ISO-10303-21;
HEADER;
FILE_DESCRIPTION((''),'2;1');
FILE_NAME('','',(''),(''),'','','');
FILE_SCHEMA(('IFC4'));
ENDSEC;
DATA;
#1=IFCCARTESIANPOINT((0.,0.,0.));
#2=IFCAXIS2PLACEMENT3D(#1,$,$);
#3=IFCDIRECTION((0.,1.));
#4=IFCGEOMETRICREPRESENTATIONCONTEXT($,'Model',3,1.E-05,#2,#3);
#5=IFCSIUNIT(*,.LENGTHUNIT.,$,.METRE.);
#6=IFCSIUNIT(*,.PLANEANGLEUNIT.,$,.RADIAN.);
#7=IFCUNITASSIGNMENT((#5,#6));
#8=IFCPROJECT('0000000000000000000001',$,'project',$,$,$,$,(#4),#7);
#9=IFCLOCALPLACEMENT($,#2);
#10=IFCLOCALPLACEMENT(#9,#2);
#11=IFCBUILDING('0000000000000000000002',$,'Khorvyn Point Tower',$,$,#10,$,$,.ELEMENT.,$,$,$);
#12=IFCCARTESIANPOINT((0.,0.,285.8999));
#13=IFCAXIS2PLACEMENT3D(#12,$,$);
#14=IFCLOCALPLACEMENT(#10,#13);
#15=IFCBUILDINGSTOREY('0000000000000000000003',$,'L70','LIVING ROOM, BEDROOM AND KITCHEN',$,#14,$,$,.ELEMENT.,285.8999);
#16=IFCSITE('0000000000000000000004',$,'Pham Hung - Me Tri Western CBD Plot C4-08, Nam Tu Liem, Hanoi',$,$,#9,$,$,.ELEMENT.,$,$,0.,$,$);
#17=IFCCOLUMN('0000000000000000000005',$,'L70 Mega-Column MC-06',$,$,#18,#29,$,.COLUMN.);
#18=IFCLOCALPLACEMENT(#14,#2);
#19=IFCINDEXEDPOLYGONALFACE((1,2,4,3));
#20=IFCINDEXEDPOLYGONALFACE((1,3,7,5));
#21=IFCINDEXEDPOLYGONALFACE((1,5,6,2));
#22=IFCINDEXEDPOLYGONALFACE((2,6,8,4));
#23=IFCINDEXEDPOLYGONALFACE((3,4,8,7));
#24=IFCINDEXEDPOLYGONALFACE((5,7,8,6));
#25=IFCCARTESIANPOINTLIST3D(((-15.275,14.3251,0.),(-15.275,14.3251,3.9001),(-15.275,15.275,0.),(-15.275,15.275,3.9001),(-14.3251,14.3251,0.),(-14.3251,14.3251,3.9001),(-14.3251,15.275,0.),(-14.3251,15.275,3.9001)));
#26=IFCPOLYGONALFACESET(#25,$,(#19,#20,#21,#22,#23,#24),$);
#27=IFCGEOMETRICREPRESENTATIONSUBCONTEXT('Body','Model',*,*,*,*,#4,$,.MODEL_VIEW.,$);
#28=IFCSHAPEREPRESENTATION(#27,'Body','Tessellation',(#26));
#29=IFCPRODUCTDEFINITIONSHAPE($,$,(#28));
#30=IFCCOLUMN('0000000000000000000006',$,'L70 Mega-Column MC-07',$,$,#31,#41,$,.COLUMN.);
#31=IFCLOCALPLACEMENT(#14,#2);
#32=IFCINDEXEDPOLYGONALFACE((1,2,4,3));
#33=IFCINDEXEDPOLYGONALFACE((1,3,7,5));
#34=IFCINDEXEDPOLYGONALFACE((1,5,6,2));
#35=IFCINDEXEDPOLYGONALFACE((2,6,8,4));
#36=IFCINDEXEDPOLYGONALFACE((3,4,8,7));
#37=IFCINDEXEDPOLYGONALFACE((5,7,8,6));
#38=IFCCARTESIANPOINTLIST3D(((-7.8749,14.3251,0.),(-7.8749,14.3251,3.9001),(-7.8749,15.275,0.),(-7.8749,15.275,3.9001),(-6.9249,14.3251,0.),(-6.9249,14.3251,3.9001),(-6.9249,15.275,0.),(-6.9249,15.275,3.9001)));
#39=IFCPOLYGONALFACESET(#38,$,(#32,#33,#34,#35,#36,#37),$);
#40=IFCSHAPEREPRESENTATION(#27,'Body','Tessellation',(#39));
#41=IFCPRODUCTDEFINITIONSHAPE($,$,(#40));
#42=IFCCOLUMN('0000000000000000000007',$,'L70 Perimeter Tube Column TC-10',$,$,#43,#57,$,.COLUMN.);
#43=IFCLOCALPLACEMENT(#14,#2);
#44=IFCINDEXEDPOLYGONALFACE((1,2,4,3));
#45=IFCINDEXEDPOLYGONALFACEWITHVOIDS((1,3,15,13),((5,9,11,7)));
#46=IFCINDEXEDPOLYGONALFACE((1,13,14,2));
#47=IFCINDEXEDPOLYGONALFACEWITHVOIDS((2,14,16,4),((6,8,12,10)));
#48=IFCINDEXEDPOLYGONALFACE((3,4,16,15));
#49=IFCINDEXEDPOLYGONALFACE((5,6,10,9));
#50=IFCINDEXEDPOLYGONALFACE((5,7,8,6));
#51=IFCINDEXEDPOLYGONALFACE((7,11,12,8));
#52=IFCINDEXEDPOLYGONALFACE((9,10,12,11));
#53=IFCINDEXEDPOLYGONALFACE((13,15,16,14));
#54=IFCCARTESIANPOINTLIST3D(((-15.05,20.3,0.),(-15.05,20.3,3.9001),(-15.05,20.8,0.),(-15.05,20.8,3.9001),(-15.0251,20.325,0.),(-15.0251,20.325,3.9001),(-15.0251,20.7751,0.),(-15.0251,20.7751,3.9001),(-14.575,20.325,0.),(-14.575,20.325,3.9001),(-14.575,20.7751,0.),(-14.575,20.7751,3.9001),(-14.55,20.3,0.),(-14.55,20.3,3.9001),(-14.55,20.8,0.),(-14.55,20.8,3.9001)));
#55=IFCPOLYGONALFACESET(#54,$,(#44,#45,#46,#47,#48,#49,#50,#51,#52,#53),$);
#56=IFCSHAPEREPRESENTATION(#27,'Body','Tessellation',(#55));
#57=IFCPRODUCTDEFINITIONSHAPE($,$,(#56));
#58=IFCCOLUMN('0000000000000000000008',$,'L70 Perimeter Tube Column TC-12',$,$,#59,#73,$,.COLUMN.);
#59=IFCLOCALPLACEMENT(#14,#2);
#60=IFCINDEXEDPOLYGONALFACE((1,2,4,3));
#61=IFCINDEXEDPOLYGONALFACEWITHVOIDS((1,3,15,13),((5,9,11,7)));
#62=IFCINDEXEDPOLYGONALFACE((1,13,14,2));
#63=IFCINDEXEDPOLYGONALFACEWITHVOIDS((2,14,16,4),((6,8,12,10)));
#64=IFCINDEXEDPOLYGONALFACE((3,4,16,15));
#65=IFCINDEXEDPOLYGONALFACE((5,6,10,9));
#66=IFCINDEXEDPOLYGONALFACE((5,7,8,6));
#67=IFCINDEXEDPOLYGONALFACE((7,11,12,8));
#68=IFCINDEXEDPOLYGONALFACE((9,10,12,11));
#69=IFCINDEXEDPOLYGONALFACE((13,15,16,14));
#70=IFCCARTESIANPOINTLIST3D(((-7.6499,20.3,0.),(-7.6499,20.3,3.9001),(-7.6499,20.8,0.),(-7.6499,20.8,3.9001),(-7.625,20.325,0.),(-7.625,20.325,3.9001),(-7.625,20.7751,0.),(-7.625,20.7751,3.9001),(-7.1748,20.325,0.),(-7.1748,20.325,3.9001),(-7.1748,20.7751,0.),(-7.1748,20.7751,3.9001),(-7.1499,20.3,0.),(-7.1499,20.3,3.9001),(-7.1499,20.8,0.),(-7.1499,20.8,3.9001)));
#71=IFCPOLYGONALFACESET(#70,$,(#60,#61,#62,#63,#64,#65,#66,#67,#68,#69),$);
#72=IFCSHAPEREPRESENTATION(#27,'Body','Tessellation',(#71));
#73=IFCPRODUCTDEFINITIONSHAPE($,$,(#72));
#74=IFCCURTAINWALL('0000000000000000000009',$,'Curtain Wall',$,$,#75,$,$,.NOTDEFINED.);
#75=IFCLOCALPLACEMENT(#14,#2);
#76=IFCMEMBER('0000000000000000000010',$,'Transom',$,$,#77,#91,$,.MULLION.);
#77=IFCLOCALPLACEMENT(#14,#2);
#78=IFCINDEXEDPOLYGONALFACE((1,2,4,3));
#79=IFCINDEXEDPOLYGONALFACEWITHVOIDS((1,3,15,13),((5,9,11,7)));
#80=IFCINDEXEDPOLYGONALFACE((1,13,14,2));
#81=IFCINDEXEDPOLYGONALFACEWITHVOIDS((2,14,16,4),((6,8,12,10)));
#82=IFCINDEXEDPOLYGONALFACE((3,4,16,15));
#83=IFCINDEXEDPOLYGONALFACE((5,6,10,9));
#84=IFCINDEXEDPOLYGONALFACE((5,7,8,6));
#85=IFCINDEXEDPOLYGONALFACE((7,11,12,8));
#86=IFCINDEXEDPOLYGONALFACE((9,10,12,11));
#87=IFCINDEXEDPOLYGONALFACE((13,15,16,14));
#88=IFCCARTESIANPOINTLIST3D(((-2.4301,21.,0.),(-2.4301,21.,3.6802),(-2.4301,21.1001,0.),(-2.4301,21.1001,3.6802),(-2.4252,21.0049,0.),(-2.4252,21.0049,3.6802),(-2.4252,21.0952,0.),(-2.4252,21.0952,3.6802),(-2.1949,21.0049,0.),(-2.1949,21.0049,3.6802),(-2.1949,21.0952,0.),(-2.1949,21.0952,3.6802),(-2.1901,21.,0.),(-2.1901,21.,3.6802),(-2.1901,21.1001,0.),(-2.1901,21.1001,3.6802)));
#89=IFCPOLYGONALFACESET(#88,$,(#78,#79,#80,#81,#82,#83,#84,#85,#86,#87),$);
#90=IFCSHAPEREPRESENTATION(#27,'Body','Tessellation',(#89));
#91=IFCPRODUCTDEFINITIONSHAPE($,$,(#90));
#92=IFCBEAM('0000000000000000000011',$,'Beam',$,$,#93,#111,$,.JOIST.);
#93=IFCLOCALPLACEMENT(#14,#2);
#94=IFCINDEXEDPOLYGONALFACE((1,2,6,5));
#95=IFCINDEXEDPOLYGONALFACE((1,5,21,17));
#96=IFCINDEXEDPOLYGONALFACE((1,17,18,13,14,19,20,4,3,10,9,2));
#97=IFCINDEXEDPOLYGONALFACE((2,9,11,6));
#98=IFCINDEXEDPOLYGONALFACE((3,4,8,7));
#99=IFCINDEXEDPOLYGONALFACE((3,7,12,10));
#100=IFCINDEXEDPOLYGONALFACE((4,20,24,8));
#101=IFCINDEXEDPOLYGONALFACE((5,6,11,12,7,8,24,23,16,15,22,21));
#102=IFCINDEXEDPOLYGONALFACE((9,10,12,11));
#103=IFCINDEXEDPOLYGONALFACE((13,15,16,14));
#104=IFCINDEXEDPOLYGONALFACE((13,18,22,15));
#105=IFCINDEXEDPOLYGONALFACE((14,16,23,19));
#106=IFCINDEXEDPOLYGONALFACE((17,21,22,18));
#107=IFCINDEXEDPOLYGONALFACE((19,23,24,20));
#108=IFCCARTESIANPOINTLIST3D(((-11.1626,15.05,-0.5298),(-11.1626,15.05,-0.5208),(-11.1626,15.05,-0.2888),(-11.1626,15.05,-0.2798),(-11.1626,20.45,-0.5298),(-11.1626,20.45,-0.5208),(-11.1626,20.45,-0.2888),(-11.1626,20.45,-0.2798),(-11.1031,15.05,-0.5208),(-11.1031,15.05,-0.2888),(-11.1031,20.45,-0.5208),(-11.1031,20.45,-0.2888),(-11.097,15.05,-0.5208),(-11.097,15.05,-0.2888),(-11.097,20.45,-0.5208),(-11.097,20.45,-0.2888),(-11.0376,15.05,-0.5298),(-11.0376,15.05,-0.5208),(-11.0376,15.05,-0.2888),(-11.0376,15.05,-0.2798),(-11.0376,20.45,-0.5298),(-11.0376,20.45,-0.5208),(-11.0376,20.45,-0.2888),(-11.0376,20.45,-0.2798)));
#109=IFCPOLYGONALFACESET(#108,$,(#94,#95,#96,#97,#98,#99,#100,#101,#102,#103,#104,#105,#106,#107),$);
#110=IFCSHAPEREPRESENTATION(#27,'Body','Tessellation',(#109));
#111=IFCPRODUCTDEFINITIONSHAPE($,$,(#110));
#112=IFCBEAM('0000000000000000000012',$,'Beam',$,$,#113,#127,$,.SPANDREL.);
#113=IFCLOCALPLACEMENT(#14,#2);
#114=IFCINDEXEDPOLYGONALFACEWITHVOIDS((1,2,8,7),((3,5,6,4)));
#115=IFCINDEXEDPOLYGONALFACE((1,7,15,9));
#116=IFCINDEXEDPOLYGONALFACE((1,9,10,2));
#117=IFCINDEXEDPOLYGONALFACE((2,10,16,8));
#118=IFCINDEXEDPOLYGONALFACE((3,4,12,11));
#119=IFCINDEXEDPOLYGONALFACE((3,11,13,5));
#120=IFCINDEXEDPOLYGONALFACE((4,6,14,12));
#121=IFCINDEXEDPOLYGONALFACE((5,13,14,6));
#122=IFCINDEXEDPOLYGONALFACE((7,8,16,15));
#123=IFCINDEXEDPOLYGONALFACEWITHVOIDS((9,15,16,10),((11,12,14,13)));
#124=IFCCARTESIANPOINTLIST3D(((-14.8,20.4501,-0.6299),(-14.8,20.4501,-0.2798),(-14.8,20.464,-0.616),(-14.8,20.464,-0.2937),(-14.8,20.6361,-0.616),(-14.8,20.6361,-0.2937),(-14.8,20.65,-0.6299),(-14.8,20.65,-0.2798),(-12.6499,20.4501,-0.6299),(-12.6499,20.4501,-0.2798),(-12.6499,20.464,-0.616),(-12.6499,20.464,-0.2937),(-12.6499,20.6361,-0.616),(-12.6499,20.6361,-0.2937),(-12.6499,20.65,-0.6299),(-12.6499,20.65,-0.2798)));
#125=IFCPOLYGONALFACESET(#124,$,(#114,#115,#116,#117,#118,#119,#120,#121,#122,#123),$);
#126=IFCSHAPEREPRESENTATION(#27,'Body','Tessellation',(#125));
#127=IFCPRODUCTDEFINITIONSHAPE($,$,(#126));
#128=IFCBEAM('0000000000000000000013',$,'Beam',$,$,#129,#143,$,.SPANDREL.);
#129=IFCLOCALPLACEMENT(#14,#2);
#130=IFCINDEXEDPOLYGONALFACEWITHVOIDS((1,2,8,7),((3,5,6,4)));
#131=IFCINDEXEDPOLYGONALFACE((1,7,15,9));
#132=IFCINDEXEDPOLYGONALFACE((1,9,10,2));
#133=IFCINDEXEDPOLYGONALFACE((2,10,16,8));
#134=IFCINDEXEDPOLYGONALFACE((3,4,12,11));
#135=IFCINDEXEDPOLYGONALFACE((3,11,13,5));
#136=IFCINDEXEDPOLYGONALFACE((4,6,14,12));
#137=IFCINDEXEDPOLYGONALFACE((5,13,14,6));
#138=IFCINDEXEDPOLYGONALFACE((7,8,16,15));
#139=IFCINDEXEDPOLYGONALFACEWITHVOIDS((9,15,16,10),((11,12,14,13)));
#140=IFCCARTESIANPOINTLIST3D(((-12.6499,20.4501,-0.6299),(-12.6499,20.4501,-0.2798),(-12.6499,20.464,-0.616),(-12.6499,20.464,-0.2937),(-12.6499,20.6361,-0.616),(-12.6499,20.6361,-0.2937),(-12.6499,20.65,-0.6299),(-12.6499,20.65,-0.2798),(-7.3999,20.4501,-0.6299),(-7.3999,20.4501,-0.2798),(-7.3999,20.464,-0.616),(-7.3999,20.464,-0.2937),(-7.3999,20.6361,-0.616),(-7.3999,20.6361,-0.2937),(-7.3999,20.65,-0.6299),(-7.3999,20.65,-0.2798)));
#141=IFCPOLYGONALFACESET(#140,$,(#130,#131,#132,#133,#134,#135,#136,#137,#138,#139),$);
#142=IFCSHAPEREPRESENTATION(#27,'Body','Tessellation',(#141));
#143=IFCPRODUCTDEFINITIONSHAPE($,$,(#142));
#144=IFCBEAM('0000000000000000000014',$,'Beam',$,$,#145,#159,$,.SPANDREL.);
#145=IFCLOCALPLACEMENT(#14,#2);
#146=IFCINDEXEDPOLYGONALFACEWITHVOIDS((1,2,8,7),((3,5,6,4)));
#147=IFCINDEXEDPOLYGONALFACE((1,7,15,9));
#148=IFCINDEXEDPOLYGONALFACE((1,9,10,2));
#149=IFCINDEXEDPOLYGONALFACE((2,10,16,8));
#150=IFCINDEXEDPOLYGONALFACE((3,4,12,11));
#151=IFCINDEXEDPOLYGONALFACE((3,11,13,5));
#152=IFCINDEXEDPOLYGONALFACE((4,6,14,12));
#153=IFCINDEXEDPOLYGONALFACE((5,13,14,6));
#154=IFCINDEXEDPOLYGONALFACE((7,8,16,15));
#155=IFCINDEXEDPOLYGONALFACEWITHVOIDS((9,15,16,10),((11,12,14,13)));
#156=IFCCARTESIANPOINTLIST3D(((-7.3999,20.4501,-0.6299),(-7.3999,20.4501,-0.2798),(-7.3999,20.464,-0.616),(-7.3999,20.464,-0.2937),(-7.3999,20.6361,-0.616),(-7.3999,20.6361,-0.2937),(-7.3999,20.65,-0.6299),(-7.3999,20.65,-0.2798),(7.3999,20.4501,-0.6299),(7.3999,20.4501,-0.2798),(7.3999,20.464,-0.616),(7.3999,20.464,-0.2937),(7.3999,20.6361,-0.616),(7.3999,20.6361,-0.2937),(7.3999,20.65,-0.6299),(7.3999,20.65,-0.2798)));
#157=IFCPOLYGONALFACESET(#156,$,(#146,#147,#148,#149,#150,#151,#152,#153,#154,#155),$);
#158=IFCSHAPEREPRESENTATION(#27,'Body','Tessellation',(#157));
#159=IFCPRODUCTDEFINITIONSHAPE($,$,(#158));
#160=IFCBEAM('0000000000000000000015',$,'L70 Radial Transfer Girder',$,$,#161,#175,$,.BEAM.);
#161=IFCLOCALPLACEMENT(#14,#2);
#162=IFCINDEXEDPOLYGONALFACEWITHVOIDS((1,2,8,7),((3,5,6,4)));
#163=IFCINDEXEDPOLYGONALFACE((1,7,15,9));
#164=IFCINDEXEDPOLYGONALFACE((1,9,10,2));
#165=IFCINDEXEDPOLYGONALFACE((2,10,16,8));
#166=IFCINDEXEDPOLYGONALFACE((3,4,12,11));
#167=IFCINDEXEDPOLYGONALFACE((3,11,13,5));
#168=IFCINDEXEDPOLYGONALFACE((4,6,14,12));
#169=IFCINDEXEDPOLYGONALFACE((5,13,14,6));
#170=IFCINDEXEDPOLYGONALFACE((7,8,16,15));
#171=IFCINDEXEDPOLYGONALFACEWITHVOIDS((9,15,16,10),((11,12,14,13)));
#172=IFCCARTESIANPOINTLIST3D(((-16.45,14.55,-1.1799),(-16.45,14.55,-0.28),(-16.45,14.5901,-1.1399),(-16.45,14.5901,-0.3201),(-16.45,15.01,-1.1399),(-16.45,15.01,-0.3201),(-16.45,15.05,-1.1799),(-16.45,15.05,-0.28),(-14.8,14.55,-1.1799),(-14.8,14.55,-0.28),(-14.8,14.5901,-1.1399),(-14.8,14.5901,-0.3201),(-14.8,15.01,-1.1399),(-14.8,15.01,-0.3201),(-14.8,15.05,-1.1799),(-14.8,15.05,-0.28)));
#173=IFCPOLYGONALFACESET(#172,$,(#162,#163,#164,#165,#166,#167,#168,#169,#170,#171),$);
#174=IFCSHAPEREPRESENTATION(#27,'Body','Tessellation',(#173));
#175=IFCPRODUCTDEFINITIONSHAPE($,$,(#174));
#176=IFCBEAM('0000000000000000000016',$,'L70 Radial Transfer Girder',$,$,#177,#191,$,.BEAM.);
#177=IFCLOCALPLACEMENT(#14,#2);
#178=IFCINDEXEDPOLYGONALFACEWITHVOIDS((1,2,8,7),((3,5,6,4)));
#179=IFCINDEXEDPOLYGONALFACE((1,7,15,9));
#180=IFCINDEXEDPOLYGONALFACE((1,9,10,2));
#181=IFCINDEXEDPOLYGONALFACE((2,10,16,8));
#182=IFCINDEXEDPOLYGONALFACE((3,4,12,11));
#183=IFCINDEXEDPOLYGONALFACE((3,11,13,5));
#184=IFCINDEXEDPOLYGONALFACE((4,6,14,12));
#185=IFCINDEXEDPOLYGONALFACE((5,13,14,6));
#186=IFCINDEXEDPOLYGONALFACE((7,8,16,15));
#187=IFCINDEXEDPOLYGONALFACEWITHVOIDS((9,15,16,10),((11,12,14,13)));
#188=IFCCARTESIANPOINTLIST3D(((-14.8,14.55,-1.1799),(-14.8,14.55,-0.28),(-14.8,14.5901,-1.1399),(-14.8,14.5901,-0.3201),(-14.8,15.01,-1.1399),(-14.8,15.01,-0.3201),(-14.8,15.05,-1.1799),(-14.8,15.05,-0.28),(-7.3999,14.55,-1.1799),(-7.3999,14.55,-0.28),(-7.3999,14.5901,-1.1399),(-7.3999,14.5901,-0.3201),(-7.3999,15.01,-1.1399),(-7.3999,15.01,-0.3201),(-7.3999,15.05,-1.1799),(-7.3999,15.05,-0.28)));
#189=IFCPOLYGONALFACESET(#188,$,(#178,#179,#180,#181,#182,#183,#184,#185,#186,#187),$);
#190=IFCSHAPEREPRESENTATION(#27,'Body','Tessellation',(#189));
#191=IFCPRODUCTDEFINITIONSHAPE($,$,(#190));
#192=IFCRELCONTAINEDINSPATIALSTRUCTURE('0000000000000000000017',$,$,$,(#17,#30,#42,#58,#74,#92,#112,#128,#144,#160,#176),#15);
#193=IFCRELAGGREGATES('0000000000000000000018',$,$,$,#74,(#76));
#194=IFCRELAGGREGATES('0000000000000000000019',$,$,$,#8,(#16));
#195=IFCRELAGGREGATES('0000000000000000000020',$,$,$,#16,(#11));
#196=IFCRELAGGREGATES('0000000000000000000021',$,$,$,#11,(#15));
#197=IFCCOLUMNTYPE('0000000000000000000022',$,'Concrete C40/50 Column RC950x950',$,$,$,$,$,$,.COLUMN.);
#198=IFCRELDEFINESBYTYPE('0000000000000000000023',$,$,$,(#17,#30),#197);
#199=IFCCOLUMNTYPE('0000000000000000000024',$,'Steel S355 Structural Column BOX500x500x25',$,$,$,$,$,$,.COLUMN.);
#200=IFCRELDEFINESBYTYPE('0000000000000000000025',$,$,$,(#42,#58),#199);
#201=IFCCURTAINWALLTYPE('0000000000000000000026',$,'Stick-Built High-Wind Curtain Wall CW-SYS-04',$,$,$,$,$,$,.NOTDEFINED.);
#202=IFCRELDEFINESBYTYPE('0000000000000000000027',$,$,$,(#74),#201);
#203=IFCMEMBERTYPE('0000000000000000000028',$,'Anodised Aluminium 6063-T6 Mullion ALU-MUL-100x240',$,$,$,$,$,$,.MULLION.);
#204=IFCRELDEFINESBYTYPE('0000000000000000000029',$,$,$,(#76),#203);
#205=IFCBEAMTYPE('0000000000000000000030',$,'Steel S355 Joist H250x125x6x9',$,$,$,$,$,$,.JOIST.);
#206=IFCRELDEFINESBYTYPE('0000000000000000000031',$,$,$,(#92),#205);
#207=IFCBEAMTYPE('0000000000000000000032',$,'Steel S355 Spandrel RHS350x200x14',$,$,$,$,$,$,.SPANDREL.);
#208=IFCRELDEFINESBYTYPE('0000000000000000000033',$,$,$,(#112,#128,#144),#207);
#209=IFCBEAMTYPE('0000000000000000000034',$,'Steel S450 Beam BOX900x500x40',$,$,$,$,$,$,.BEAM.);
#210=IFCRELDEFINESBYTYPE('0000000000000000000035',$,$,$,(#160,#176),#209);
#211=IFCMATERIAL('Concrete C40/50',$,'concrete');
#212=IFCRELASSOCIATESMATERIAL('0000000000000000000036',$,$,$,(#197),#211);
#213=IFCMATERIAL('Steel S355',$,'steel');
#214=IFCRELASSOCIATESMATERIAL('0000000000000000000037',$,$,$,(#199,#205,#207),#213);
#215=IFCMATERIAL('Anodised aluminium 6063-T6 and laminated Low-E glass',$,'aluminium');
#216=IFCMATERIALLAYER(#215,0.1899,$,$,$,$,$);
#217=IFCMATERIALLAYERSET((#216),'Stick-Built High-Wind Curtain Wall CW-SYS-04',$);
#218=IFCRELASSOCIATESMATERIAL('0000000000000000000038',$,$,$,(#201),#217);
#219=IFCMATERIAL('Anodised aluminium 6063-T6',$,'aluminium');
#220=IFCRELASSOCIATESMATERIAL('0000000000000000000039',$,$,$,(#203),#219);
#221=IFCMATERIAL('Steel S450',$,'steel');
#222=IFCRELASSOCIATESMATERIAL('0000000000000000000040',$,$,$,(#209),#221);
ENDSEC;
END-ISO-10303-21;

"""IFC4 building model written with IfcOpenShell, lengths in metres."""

from ifc_helpers import new_model, si_unit, direction, frame, origin, origin_2d, place, context, subcontext, project, spatial, rectangle, hollow_rectangle, i_section, extrude, material, layer, layer_set, material_profile, profile_set, type_object, element, aggregate, save


model = new_model("IFC4")

# Units and contexts
model_context = context("Model", 3, precision=1e-05, world=origin(), true_north=direction((0.0, 1.0)))
body_context = subcontext(model_context, "Body", "Model", "MODEL_VIEW")
ifc_project = project(units=[si_unit("LENGTHUNIT", "METRE"), si_unit("PLANEANGLEUNIT", "RADIAN")], contexts=[model_context])

# Site, building, storey
site_placement = place(None, origin())
site = spatial("IfcSite", under=ifc_project, at=site_placement, Name="Pham Hung - Me Tri Western CBD Plot C4-08, Nam Tu Liem, Hanoi", CompositionType="ELEMENT", RefElevation=0.0)
building_placement = place(site_placement, origin())
building = spatial("IfcBuilding", under=site, at=building_placement, Name="Khorvyn Point Tower", CompositionType="ELEMENT")
storey_placement = place(building_placement, frame((0.0, 0.0, 285.8999)))
storey = spatial("IfcBuildingStorey", under=building, at=storey_placement, Name="L70", Description="LIVING ROOM, BEDROOM AND KITCHEN", CompositionType="ELEMENT", Elevation=285.8999)

# Columns
ifc_material_1 = material(Name="Concrete C40/50", Category="concrete")
ifc_material_profile_1 = material_profile(ifc_material_1, rectangle(XDim=0.95, YDim=0.95, at=origin_2d()))
ifc_profile_set_1 = profile_set([ifc_material_profile_1], Name="Concrete C40/50 RC950x950")
column_type_1 = type_object("IfcColumnType", Name="Concrete C40/50 Column RC950x950", PredefinedType="COLUMN", material=ifc_profile_set_1)
for number, where, z_axis, x_axis, name in (
    (1, (-14.8, 14.8, 0.0), (0.0, 0.0, 1.0), (1.0, 0.0, 0.0), "L70 Mega-Column MC-06"),
    (2, (-7.3999, 14.8, 0.0), (0.0, 0.0, 1.0), (1.0, 0.0, 0.0), "L70 Mega-Column MC-07"),
):
    element("IfcColumn", number, at=place(storey_placement, frame(where, z_axis=z_axis, x_axis=x_axis)), inside=storey, type_object=column_type_1, Name=name, PredefinedType="COLUMN", context=body_context, shape_type="SweptSolid", body=[
        extrude(rectangle(XDim=0.95, YDim=0.95, at=origin_2d()), origin(), (0.0, 0.0, 1.0), 3.9001),
    ])
ifc_material_2 = material(Name="Steel S355", Category="steel")
ifc_material_profile_2 = material_profile(ifc_material_2, hollow_rectangle(XDim=0.5, YDim=0.5, WallThickness=0.0249, at=origin_2d()))
ifc_profile_set_2 = profile_set([ifc_material_profile_2], Name="Steel S355 BOX500x500x25")
column_type_2 = type_object("IfcColumnType", Name="Steel S355 Structural Column BOX500x500x25", PredefinedType="COLUMN", material=ifc_profile_set_2)
for number, where, z_axis, x_axis, name in (
    (3, (-14.8, 20.55, 0.0), (0.0, 0.0, 1.0), (1.0, 0.0, 0.0), "L70 Perimeter Tube Column TC-10"),
    (4, (-7.3999, 20.55, 0.0), (0.0, 0.0, 1.0), (1.0, 0.0, 0.0), "L70 Perimeter Tube Column TC-12"),
):
    element("IfcColumn", number, at=place(storey_placement, frame(where, z_axis=z_axis, x_axis=x_axis)), inside=storey, type_object=column_type_2, Name=name, PredefinedType="COLUMN", context=body_context, shape_type="SweptSolid", body=[
        extrude(hollow_rectangle(XDim=0.5, YDim=0.5, WallThickness=0.0249, at=origin_2d()), origin(), (0.0, 0.0, 1.0), 3.9001),
    ])

# Curtain wall, member
ifc_material_3 = material(Name="Anodised aluminium 6063-T6 and laminated Low-E glass", Category="aluminium")
ifc_layer_1 = layer(ifc_material_3, 0.1899)
ifc_layer_set_1 = layer_set([ifc_layer_1], Name="Stick-Built High-Wind Curtain Wall CW-SYS-04")
curtain_wall_type = type_object("IfcCurtainWallType", Name="Stick-Built High-Wind Curtain Wall CW-SYS-04", PredefinedType="NOTDEFINED", material=ifc_layer_set_1)
curtain_wall_placement = place(storey_placement, origin())
curtain_wall = element("IfcCurtainWall", 5, at=curtain_wall_placement, inside=storey, type_object=curtain_wall_type, Name="Curtain Wall", PredefinedType="NOTDEFINED")
ifc_material_4 = material(Name="Anodised aluminium 6063-T6", Category="aluminium")
ifc_material_profile_3 = material_profile(ifc_material_4, hollow_rectangle(XDim=0.1001, YDim=0.24, WallThickness=0.0049, at=origin_2d()))
ifc_profile_set_3 = profile_set([ifc_material_profile_3], Name="Anodised aluminium 6063-T6 ALU-MUL-100x240")
member_type = type_object("IfcMemberType", Name="Anodised Aluminium 6063-T6 Mullion ALU-MUL-100x240", PredefinedType="MULLION", material=ifc_profile_set_3)
member_placement = place(storey_placement, frame((-2.3101, 21.05, 0.0), z_axis=(0.0, 0.0, 1.0), x_axis=(0.0, 1.0, 0.0)))
member = element("IfcMember", 6, at=member_placement, type_object=member_type, Name="Transom", PredefinedType="MULLION", context=body_context, shape_type="SweptSolid", body=[
    extrude(hollow_rectangle(XDim=0.1001, YDim=0.24, WallThickness=0.0049, at=origin_2d()), origin(), (0.0, 0.0, 1.0), 3.6802),
])

# Beams
ifc_material_profile_4 = material_profile(ifc_material_2, i_section(OverallWidth=0.125, OverallDepth=0.25, WebThickness=0.0061, FlangeThickness=0.009, at=origin_2d()))
ifc_profile_set_4 = profile_set([ifc_material_profile_4], Name="Steel S355 H250x125x6x9")
beam_type_1 = type_object("IfcBeamType", Name="Steel S355 Joist H250x125x6x9", PredefinedType="JOIST", material=ifc_profile_set_4)
beam_1_placement = place(storey_placement, frame((-11.1001, 15.05, -0.4048), z_axis=(0.0, 1.0, 0.0), x_axis=(-1.0, 0.0, 0.0)))
element("IfcBeam", 7, at=beam_1_placement, inside=storey, type_object=beam_type_1, Name="Beam", PredefinedType="JOIST", context=body_context, shape_type="SweptSolid", body=[
    extrude(i_section(OverallWidth=0.125, OverallDepth=0.25, WebThickness=0.0061, FlangeThickness=0.009, at=origin_2d()), origin(), (0.0, 0.0, 1.0), 5.3999),
])
ifc_material_profile_5 = material_profile(ifc_material_2, hollow_rectangle(XDim=0.2, YDim=0.3501, WallThickness=0.0139, at=origin_2d()))
ifc_profile_set_5 = profile_set([ifc_material_profile_5], Name="Steel S355 RHS350x200x14")
beam_type_2 = type_object("IfcBeamType", Name="Steel S355 Spandrel RHS350x200x14", PredefinedType="SPANDREL", material=ifc_profile_set_5)
beam_2_placement = place(storey_placement, frame((-14.8, 20.55, -0.4548), z_axis=(1.0, 0.0, 0.0), x_axis=(0.0, 1.0, 0.0)))
element("IfcBeam", 8, at=beam_2_placement, inside=storey, type_object=beam_type_2, Name="Beam", PredefinedType="SPANDREL", context=body_context, shape_type="SweptSolid", body=[
    extrude(hollow_rectangle(XDim=0.2, YDim=0.3501, WallThickness=0.0139, at=origin_2d()), origin(), (0.0, 0.0, 1.0), 2.1501),
])
beam_3_placement = place(storey_placement, frame((-12.6499, 20.55, -0.4548), z_axis=(1.0, 0.0, 0.0), x_axis=(0.0, 1.0, 0.0)))
element("IfcBeam", 9, at=beam_3_placement, inside=storey, type_object=beam_type_2, Name="Beam", PredefinedType="SPANDREL", context=body_context, shape_type="SweptSolid", body=[
    extrude(hollow_rectangle(XDim=0.2, YDim=0.3501, WallThickness=0.0139, at=origin_2d()), origin(), (0.0, 0.0, 1.0), 5.25),
])
beam_4_placement = place(storey_placement, frame((-7.3999, 20.55, -0.4548), z_axis=(1.0, 0.0, 0.0), x_axis=(0.0, 1.0, 0.0)))
element("IfcBeam", 10, at=beam_4_placement, inside=storey, type_object=beam_type_2, Name="Beam", PredefinedType="SPANDREL", context=body_context, shape_type="SweptSolid", body=[
    extrude(hollow_rectangle(XDim=0.2, YDim=0.3501, WallThickness=0.0139, at=origin_2d()), origin(), (0.0, 0.0, 1.0), 14.7998),
])
ifc_material_5 = material(Name="Steel S450", Category="steel")
ifc_material_profile_6 = material_profile(ifc_material_5, hollow_rectangle(XDim=0.5, YDim=0.8999, WallThickness=0.04, at=origin_2d()))
ifc_profile_set_6 = profile_set([ifc_material_profile_6], Name="Steel S450 BOX900x500x40")
beam_type_3 = type_object("IfcBeamType", Name="Steel S450 Beam BOX900x500x40", PredefinedType="BEAM", material=ifc_profile_set_6)
beam_5_placement = place(storey_placement, frame((-16.45, 14.8, -0.73), z_axis=(1.0, 0.0, 0.0), x_axis=(0.0, 1.0, 0.0)))
element("IfcBeam", 11, at=beam_5_placement, inside=storey, type_object=beam_type_3, Name="L70 Radial Transfer Girder", PredefinedType="BEAM", context=body_context, shape_type="SweptSolid", body=[
    extrude(hollow_rectangle(XDim=0.5, YDim=0.8999, WallThickness=0.04, at=origin_2d()), origin(), (0.0, 0.0, 1.0), 1.6499),
])
beam_6_placement = place(storey_placement, frame((-14.8, 14.8, -0.73), z_axis=(1.0, 0.0, 0.0), x_axis=(0.0, 1.0, 0.0)))
element("IfcBeam", 12, at=beam_6_placement, inside=storey, type_object=beam_type_3, Name="L70 Radial Transfer Girder", PredefinedType="BEAM", context=body_context, shape_type="SweptSolid", body=[
    extrude(hollow_rectangle(XDim=0.5, YDim=0.8999, WallThickness=0.04, at=origin_2d()), origin(), (0.0, 0.0, 1.0), 7.4001),
])

aggregate(curtain_wall, [member])

save(model, "model.ifc")
